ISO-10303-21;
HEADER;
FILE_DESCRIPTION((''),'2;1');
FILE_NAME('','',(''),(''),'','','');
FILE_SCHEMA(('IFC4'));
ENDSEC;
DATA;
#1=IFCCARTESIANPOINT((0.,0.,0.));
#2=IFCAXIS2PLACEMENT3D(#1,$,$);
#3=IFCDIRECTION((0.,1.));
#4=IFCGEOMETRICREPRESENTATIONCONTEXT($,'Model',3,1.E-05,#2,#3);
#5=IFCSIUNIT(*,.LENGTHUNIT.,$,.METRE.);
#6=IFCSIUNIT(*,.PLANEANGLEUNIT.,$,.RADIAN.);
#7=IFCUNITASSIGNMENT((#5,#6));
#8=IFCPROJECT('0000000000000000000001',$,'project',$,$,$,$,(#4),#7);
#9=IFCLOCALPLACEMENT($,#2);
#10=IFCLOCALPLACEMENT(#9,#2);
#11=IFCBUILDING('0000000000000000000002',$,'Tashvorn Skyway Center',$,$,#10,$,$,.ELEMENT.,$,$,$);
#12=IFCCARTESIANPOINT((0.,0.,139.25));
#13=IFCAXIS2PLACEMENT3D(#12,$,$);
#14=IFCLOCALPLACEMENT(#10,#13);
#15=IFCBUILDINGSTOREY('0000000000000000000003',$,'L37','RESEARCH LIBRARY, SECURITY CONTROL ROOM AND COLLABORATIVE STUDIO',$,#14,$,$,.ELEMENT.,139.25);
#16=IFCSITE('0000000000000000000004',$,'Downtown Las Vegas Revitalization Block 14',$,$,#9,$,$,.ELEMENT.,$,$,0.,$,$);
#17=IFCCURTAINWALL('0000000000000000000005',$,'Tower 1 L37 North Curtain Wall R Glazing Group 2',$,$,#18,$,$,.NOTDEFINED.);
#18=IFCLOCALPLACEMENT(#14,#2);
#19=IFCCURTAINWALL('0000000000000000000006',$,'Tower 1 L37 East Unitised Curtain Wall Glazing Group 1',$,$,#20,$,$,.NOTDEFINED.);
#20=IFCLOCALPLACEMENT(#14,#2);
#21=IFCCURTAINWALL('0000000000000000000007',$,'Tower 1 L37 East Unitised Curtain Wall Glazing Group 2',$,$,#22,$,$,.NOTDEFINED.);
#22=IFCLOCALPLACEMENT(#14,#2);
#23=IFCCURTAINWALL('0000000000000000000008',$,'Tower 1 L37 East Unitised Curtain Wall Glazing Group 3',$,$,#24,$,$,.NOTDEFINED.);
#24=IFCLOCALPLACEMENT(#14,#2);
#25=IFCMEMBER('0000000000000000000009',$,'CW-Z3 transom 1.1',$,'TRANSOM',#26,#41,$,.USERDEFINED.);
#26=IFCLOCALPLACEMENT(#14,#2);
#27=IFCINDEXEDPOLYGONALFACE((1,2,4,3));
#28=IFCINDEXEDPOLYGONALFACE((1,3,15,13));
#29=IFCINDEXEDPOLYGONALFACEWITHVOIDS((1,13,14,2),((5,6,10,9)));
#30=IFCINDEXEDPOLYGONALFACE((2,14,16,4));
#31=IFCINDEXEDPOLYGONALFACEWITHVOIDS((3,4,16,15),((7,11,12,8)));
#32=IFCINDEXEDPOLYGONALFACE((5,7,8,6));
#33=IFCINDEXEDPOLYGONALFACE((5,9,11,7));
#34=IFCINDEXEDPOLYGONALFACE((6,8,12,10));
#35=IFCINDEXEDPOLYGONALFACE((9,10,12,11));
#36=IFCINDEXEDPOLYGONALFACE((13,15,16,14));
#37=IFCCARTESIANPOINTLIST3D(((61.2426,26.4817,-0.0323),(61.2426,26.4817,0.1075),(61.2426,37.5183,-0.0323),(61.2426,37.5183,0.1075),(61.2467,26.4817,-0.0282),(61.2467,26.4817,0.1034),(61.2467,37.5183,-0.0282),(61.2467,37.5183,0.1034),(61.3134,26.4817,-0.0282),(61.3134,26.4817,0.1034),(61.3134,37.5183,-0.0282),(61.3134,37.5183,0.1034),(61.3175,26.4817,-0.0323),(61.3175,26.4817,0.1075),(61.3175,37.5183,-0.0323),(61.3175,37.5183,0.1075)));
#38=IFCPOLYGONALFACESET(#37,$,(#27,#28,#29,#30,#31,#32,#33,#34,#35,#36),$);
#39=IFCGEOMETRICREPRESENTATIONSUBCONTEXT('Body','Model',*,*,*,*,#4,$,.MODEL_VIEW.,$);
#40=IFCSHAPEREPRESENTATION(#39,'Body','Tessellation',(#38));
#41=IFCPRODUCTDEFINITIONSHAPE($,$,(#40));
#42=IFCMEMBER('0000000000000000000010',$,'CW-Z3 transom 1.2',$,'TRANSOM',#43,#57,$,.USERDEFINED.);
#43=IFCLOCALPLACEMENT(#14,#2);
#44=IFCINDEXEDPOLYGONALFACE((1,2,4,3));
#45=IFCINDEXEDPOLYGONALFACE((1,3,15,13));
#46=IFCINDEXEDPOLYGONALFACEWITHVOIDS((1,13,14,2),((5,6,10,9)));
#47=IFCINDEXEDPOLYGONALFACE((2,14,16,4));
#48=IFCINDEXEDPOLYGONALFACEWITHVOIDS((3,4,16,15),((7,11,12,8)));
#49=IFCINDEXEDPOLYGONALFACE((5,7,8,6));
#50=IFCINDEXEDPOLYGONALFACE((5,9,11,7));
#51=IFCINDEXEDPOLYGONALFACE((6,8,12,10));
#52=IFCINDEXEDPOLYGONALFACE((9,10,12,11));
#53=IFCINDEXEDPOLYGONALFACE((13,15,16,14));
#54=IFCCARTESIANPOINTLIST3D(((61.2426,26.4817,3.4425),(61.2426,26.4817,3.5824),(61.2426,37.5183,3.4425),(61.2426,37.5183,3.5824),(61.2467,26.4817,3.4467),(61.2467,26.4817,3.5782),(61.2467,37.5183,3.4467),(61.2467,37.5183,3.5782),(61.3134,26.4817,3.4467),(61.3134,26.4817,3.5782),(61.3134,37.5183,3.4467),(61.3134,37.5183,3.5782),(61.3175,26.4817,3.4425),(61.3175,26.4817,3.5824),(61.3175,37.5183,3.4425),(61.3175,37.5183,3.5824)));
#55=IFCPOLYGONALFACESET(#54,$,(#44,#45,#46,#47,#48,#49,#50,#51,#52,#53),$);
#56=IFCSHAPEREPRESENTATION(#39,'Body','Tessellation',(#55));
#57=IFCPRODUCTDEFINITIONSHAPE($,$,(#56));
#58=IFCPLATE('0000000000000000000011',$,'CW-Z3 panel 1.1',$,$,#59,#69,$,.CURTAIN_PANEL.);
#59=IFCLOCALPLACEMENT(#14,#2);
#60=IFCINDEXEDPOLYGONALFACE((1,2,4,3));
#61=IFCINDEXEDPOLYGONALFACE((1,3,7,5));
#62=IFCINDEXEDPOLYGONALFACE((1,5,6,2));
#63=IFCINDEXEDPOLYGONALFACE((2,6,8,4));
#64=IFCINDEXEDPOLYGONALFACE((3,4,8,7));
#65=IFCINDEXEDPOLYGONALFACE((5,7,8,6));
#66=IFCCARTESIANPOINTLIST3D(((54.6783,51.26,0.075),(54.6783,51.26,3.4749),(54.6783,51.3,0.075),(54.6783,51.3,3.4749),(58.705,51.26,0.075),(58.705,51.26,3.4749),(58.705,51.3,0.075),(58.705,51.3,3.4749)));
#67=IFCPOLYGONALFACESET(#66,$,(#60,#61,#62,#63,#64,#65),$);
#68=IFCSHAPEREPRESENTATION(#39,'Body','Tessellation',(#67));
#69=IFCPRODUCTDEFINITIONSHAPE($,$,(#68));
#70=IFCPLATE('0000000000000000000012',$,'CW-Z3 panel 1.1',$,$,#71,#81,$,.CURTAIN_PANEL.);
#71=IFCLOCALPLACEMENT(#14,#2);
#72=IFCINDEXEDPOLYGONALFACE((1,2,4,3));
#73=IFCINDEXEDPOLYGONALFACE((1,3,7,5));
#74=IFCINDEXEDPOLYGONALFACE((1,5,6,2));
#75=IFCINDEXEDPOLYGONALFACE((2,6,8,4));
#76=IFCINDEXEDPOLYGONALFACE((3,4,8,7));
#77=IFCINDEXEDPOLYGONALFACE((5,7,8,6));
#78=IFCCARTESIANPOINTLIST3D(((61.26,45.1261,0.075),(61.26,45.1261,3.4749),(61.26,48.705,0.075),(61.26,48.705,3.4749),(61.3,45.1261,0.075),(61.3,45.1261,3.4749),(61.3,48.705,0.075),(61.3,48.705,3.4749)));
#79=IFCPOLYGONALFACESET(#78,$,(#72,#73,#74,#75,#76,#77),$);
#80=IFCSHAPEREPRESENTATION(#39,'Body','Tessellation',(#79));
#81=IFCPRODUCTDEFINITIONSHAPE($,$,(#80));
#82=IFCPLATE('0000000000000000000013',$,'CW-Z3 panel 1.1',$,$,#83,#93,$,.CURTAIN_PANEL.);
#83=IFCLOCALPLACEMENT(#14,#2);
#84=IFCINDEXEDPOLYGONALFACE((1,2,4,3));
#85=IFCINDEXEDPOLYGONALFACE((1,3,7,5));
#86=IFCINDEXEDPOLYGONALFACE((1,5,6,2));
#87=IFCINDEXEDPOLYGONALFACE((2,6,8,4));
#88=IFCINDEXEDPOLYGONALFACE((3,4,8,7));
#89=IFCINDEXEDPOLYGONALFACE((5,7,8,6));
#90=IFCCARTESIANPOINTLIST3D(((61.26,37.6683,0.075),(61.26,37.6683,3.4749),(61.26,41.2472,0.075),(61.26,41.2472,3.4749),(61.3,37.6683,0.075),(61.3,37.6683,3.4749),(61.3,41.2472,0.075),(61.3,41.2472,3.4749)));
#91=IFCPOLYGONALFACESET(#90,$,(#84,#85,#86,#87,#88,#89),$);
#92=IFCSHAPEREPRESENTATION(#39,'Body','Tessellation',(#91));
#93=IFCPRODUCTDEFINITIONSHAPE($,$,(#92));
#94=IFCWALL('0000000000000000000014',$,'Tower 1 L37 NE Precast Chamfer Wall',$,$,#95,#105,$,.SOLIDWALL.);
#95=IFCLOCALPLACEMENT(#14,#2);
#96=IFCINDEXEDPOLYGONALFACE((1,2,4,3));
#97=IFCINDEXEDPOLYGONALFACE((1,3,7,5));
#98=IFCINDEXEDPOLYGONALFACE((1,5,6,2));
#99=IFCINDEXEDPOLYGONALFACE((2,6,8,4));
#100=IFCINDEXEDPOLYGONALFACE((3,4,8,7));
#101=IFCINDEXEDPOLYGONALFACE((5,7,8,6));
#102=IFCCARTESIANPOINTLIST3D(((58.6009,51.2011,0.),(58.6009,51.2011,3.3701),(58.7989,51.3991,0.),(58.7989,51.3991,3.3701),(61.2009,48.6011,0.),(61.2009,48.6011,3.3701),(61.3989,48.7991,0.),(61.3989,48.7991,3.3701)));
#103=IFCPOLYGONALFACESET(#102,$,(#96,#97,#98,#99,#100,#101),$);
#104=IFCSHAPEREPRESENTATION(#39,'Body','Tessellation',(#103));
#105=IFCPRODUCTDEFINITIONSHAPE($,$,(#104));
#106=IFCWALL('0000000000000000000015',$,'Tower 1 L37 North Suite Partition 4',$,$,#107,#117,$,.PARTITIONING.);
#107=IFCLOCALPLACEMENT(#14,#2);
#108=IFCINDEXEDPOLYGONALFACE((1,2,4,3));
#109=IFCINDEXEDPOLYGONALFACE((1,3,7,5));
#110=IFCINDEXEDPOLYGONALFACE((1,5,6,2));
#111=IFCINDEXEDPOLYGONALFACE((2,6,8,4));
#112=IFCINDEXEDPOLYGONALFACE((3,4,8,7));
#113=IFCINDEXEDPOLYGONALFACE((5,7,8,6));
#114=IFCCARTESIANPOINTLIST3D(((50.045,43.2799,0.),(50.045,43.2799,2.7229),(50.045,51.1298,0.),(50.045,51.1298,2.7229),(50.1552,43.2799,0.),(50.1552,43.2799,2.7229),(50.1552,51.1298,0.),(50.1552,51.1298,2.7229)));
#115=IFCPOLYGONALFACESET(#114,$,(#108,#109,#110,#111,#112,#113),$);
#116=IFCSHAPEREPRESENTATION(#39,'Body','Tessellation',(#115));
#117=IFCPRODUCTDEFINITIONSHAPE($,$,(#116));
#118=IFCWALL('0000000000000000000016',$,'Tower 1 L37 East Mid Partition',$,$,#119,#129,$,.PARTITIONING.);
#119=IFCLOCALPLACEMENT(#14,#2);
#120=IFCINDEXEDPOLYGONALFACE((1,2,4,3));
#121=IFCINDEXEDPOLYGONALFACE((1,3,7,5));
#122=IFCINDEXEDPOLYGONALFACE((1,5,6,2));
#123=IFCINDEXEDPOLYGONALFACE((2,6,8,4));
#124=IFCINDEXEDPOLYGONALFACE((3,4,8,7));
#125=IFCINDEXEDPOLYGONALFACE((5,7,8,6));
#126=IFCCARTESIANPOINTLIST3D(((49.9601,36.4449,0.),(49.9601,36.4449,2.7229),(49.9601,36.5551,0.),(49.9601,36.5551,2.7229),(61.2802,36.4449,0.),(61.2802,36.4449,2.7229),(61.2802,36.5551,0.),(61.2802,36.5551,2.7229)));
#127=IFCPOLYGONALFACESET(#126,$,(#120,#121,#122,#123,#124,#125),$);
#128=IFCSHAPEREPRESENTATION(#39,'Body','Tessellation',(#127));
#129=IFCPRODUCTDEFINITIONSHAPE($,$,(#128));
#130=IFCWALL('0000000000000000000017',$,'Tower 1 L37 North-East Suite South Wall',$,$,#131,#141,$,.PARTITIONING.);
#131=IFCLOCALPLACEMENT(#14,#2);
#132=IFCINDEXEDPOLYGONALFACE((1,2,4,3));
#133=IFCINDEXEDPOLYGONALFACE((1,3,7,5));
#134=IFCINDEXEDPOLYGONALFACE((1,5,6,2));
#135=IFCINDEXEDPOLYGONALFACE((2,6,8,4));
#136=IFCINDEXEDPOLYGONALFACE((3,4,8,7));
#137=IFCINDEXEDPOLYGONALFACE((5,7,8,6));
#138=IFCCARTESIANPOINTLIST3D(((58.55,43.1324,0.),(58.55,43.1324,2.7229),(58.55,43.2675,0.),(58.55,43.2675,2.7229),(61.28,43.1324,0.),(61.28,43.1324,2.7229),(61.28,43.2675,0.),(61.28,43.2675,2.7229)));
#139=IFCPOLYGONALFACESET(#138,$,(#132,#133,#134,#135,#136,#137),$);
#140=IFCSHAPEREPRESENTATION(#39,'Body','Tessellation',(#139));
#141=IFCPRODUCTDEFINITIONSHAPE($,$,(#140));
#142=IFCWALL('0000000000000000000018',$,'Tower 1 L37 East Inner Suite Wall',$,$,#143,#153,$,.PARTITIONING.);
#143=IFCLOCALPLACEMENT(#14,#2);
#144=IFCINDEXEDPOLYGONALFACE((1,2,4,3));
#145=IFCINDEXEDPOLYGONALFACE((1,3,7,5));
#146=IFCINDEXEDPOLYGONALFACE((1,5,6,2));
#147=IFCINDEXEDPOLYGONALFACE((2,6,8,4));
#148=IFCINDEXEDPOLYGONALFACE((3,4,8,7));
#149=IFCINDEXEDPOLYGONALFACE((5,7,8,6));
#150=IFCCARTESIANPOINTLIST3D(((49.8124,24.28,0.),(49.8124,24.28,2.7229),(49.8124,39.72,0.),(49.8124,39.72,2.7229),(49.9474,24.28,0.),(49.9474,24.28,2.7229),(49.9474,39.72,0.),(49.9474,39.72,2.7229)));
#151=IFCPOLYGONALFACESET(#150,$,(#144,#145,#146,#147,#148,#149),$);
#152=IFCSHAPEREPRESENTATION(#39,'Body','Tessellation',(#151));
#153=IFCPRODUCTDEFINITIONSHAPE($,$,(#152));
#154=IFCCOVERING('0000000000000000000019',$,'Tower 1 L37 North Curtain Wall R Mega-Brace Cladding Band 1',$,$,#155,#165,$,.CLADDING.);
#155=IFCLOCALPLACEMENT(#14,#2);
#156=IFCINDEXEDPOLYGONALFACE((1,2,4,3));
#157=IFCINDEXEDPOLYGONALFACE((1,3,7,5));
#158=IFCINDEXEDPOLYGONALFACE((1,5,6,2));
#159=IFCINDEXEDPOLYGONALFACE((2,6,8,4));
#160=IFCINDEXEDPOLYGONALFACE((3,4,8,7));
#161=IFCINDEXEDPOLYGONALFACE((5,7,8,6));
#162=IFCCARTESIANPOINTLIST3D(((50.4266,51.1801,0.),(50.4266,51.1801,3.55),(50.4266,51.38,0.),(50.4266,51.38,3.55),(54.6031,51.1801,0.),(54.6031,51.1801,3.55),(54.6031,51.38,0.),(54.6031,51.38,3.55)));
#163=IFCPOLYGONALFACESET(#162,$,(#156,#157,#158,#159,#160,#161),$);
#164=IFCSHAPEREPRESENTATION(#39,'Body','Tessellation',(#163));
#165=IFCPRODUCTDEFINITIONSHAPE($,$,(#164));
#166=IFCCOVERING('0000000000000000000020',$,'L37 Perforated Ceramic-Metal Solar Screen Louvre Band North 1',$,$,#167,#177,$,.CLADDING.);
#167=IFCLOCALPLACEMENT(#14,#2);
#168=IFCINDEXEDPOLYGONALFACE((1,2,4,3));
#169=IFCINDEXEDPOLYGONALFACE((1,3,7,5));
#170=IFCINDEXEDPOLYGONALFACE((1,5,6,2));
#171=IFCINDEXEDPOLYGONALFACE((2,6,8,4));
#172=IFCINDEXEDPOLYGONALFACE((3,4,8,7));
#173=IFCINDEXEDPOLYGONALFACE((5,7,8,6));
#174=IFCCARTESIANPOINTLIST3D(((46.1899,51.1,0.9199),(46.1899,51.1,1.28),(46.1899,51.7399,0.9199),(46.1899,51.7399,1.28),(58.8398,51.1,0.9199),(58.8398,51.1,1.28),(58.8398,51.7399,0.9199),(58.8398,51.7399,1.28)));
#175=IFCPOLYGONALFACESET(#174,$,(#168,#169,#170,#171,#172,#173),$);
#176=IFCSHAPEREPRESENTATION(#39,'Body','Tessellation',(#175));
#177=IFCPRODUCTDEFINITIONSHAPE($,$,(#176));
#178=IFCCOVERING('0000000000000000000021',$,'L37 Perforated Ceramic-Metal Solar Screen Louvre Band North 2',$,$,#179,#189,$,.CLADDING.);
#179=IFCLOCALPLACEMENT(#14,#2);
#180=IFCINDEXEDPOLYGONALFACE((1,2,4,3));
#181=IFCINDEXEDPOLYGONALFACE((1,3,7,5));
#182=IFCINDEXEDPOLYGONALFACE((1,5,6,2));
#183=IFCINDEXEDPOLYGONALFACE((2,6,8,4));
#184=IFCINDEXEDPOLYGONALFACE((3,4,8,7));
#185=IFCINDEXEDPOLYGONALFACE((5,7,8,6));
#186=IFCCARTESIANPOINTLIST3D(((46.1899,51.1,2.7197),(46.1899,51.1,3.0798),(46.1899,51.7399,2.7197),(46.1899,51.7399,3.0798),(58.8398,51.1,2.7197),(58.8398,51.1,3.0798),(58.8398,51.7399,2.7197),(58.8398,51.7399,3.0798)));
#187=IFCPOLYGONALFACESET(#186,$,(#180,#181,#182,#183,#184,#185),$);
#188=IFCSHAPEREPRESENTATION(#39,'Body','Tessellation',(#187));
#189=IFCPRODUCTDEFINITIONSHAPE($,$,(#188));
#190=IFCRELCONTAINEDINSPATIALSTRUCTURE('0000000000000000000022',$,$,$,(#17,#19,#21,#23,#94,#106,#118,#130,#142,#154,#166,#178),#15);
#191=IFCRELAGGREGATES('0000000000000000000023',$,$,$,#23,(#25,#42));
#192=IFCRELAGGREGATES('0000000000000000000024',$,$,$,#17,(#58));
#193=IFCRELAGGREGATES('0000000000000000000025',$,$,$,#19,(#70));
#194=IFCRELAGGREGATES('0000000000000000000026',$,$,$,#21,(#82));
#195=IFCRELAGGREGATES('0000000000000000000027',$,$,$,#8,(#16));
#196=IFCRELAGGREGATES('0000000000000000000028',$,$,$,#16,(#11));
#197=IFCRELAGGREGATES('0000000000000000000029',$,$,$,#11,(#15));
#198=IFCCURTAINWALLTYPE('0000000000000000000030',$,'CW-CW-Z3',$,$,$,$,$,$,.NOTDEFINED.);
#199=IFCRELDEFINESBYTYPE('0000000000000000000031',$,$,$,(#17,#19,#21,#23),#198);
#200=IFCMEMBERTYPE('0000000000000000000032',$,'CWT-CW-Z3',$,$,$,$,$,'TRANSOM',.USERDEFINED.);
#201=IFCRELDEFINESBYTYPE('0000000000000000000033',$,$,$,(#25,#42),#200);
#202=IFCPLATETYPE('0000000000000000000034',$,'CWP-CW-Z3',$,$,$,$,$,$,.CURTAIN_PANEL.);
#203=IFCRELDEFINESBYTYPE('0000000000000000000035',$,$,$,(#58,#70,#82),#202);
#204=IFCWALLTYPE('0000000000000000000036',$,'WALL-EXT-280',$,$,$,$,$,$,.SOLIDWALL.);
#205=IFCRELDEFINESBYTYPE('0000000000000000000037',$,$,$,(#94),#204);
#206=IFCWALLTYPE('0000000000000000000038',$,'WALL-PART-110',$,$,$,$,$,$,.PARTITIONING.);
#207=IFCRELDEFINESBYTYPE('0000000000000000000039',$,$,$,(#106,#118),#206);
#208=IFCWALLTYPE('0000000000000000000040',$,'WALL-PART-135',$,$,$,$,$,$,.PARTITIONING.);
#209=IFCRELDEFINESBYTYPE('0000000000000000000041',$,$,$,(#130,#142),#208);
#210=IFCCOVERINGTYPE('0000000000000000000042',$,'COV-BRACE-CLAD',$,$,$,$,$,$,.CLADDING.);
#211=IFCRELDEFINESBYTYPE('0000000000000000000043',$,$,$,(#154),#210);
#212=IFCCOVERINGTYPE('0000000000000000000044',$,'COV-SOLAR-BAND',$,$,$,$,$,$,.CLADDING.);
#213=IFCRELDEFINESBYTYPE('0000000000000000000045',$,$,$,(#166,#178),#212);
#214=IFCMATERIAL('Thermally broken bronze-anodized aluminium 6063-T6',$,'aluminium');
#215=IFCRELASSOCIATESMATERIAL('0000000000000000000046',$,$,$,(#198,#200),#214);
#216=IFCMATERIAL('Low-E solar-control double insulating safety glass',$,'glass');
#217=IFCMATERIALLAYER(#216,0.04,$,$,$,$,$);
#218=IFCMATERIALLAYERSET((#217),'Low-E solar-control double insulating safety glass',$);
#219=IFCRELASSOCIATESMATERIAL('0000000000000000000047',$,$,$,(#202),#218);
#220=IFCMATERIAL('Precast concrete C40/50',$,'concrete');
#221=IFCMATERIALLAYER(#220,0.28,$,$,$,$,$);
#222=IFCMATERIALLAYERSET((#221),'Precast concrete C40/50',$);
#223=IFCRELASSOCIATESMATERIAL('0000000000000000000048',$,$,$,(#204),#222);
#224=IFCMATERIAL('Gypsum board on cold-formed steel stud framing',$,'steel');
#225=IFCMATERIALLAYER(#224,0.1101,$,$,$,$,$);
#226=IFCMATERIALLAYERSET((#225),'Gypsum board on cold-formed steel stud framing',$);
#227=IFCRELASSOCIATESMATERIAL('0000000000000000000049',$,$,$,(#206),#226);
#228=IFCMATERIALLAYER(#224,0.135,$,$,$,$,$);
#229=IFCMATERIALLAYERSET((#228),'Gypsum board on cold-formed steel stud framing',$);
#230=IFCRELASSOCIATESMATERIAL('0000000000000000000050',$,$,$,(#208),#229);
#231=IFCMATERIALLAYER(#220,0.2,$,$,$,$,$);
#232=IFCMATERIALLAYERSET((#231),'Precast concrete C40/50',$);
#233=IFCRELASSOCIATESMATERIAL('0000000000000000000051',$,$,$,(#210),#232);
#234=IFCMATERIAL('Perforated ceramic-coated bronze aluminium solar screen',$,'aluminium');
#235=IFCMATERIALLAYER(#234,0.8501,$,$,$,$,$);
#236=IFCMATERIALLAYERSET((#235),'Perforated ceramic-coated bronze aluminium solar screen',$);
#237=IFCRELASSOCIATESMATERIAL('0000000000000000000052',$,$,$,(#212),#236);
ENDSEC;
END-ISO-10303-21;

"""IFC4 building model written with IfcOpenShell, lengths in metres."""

from ifc_helpers import new_model, si_unit, direction, frame, frame_2d, origin, origin_2d, place, context, subcontext, project, spatial, rectangle, hollow_rectangle, extrude, material, layer, layer_set, material_profile, profile_set, type_object, element, aggregate, save


model = new_model("IFC4")

# Units and contexts
model_context = context("Model", 3, precision=1e-05, world=origin(), true_north=direction((0.0, 1.0)))
body_context = subcontext(model_context, "Body", "Model", "MODEL_VIEW")
ifc_project = project(units=[si_unit("LENGTHUNIT", "METRE"), si_unit("PLANEANGLEUNIT", "RADIAN")], contexts=[model_context])

# Site, building, storey
site_placement = place(None, origin())
site = spatial("IfcSite", under=ifc_project, at=site_placement, Name="Downtown Las Vegas Revitalization Block 14", CompositionType="ELEMENT", RefElevation=0.0)
building_placement = place(site_placement, origin())
building = spatial("IfcBuilding", under=site, at=building_placement, Name="Tashvorn Skyway Center", CompositionType="ELEMENT")
storey_placement = place(building_placement, frame((0.0, 0.0, 139.25)))
storey = spatial("IfcBuildingStorey", under=building, at=storey_placement, Name="L37", Description="RESEARCH LIBRARY, SECURITY CONTROL ROOM AND COLLABORATIVE STUDIO", CompositionType="ELEMENT", Elevation=139.25)

# Shared definitions
ifc_material_1 = material(Name="Thermally broken bronze-anodized aluminium 6063-T6", Category="aluminium")
curtain_wall_type = type_object("IfcCurtainWallType", Name="CW-CW-Z3", PredefinedType="NOTDEFINED", material=ifc_material_1)

# Curtain walls
curtain_wall_1_placement = place(storey_placement, origin())
curtain_wall_1 = element("IfcCurtainWall", 1, at=curtain_wall_1_placement, inside=storey, type_object=curtain_wall_type, Name="Tower 1 L37 North Curtain Wall R Glazing Group 2", PredefinedType="NOTDEFINED")
curtain_wall_2_placement = place(storey_placement, origin())
curtain_wall_2 = element("IfcCurtainWall", 2, at=curtain_wall_2_placement, inside=storey, type_object=curtain_wall_type, Name="Tower 1 L37 East Unitised Curtain Wall Glazing Group 1", PredefinedType="NOTDEFINED")
curtain_wall_3_placement = place(storey_placement, origin())
curtain_wall_3 = element("IfcCurtainWall", 3, at=curtain_wall_3_placement, inside=storey, type_object=curtain_wall_type, Name="Tower 1 L37 East Unitised Curtain Wall Glazing Group 2", PredefinedType="NOTDEFINED")

# Curtain wall
curtain_wall_4_placement = place(storey_placement, origin())
curtain_wall_4 = element("IfcCurtainWall", 4, at=curtain_wall_4_placement, inside=storey, type_object=curtain_wall_type, Name="Tower 1 L37 East Unitised Curtain Wall Glazing Group 3", PredefinedType="NOTDEFINED")

# Members
ifc_material_profile_1 = material_profile(ifc_material_1, hollow_rectangle(XDim=0.075, YDim=0.1399, WallThickness=0.0042, at=origin_2d()), Name="ALU-TRAN-75x140")
ifc_profile_set_1 = profile_set([ifc_material_profile_1], Name="Thermally broken bronze-anodized aluminium 6063-T6")
member_type_1 = type_object("IfcMemberType", Name="CWT-CW-Z3", ElementType="TRANSOM", PredefinedType="USERDEFINED", material=ifc_profile_set_1)
member_1_placement = place(storey_placement, frame((61.28, 37.5183, 0.0376), z_axis=(0.0, -1.0, 0.0), x_axis=(1.0, 0.0, 0.0)))
member_1 = element("IfcMember", 5, at=member_1_placement, type_object=member_type_1, Name="CW-Z3 transom 1.1", ObjectType="TRANSOM", PredefinedType="USERDEFINED", context=body_context, shape_type="SweptSolid", body=[
    extrude(hollow_rectangle(XDim=0.075, YDim=0.1399, WallThickness=0.0042, at=origin_2d()), origin(), (0.0, 0.0, 1.0), 11.0366),
])
member_2_placement = place(storey_placement, frame((61.28, 37.5183, 3.5125), z_axis=(0.0, -1.0, 0.0), x_axis=(1.0, 0.0, 0.0)))
member_2 = element("IfcMember", 6, at=member_2_placement, type_object=member_type_1, Name="CW-Z3 transom 1.2", ObjectType="TRANSOM", PredefinedType="USERDEFINED", context=body_context, shape_type="SweptSolid", body=[
    extrude(hollow_rectangle(XDim=0.075, YDim=0.1399, WallThickness=0.0042, at=origin_2d()), origin(), (0.0, 0.0, 1.0), 11.0366),
])
aggregate(curtain_wall_4, [member_1, member_2])

# Plates
ifc_material_2 = material(Name="Low-E solar-control double insulating safety glass", Category="glass")
ifc_layer_1 = layer(ifc_material_2, 0.04)
ifc_layer_set_1 = layer_set([ifc_layer_1], Name="Low-E solar-control double insulating safety glass")
plate_type = type_object("IfcPlateType", Name="CWP-CW-Z3", PredefinedType="CURTAIN_PANEL", material=ifc_layer_set_1)
plate_1_placement = place(storey_placement, frame((56.6917, 51.28, 0.075), z_axis=(0.0, 0.0, 1.0), x_axis=(1.0, 0.0, 0.0)))
plate_1 = element("IfcPlate", 7, at=plate_1_placement, type_object=plate_type, Name="CW-Z3 panel 1.1", PredefinedType="CURTAIN_PANEL", context=body_context, shape_type="SweptSolid", body=[
    extrude(rectangle(XDim=4.0266, YDim=0.04, at=origin_2d()), origin(), (0.0, 0.0, 1.0), 3.3999),
])
aggregate(curtain_wall_1, [plate_1])
plate_2_placement = place(storey_placement, frame((61.28, 46.9155, 0.075), z_axis=(0.0, 0.0, 1.0), x_axis=(0.0, -1.0, 0.0)))
plate_2 = element("IfcPlate", 8, at=plate_2_placement, type_object=plate_type, Name="CW-Z3 panel 1.1", PredefinedType="CURTAIN_PANEL", context=body_context, shape_type="SweptSolid", body=[
    extrude(rectangle(XDim=3.5789, YDim=0.04, at=origin_2d()), origin(), (0.0, 0.0, 1.0), 3.3999),
])
aggregate(curtain_wall_2, [plate_2])
plate_3_placement = place(storey_placement, frame((61.28, 39.4578, 0.075), z_axis=(0.0, 0.0, 1.0), x_axis=(0.0, -1.0, 0.0)))
plate_3 = element("IfcPlate", 9, at=plate_3_placement, type_object=plate_type, Name="CW-Z3 panel 1.1", PredefinedType="CURTAIN_PANEL", context=body_context, shape_type="SweptSolid", body=[
    extrude(rectangle(XDim=3.5789, YDim=0.04, at=origin_2d()), origin(), (0.0, 0.0, 1.0), 3.3999),
])
aggregate(curtain_wall_3, [plate_3])

# Walls
ifc_material_3 = material(Name="Precast concrete C40/50", Category="concrete")
ifc_layer_2 = layer(ifc_material_3, 0.28)
ifc_layer_set_2 = layer_set([ifc_layer_2], Name="Precast concrete C40/50")
wall_type_1 = type_object("IfcWallType", Name="WALL-EXT-280", PredefinedType="SOLIDWALL", material=ifc_layer_set_2)
wall_1_placement = place(storey_placement, frame((58.7, 51.3, 0.0), z_axis=(0.0, 0.0, 1.0), x_axis=(0.707107, -0.707107, 0.0)))
element("IfcWall", 10, at=wall_1_placement, inside=storey, type_object=wall_type_1, Name="Tower 1 L37 NE Precast Chamfer Wall", PredefinedType="SOLIDWALL", context=body_context, shape_type="SweptSolid", body=[
    extrude(rectangle(XDim=3.677, YDim=0.28, at=frame_2d((1.8384, 0.0))), origin(), (0.0, 0.0, 1.0), 3.3701),
])
ifc_material_4 = material(Name="Gypsum board on cold-formed steel stud framing", Category="steel")
ifc_layer_3 = layer(ifc_material_4, 0.1101)
ifc_layer_set_3 = layer_set([ifc_layer_3], Name="Gypsum board on cold-formed steel stud framing")
wall_type_2 = type_object("IfcWallType", Name="WALL-PART-110", PredefinedType="PARTITIONING", material=ifc_layer_set_3)
wall_2_placement = place(storey_placement, frame((50.1001, 43.28, 0.0), z_axis=(0.0, 0.0, 1.0), x_axis=(0.0, 1.0, 0.0)))
element("IfcWall", 11, at=wall_2_placement, inside=storey, type_object=wall_type_2, Name="Tower 1 L37 North Suite Partition 4", PredefinedType="PARTITIONING", context=body_context, shape_type="SweptSolid", body=[
    extrude(rectangle(XDim=7.8499, YDim=0.1101, at=frame_2d((3.9248, 0.0))), origin(), (0.0, 0.0, 1.0), 2.7229),
])
wall_3_placement = place(storey_placement, frame((49.96, 36.5, 0.0), z_axis=(0.0, 0.0, 1.0), x_axis=(1.0, 0.0, 0.0)))
element("IfcWall", 12, at=wall_3_placement, inside=storey, type_object=wall_type_2, Name="Tower 1 L37 East Mid Partition", PredefinedType="PARTITIONING", context=body_context, shape_type="SweptSolid", body=[
    extrude(rectangle(XDim=11.3201, YDim=0.1101, at=frame_2d((5.6602, 0.0))), origin(), (0.0, 0.0, 1.0), 2.7229),
])
ifc_layer_4 = layer(ifc_material_4, 0.135)
ifc_layer_set_4 = layer_set([ifc_layer_4], Name="Gypsum board on cold-formed steel stud framing")
wall_type_3 = type_object("IfcWallType", Name="WALL-PART-135", PredefinedType="PARTITIONING", material=ifc_layer_set_4)
wall_4_placement = place(storey_placement, frame((58.55, 43.2, 0.0), z_axis=(0.0, 0.0, 1.0), x_axis=(1.0, 0.0, 0.0)))
element("IfcWall", 13, at=wall_4_placement, inside=storey, type_object=wall_type_3, Name="Tower 1 L37 North-East Suite South Wall", PredefinedType="PARTITIONING", context=body_context, shape_type="SweptSolid", body=[
    extrude(rectangle(XDim=2.73, YDim=0.135, at=frame_2d((1.365, 0.0))), origin(), (0.0, 0.0, 1.0), 2.7229),
])
wall_5_placement = place(storey_placement, frame((49.8799, 39.72, 0.0), z_axis=(0.0, 0.0, 1.0), x_axis=(0.0, -1.0, 0.0)))
element("IfcWall", 14, at=wall_5_placement, inside=storey, type_object=wall_type_3, Name="Tower 1 L37 East Inner Suite Wall", PredefinedType="PARTITIONING", context=body_context, shape_type="SweptSolid", body=[
    extrude(rectangle(XDim=15.4399, YDim=0.135, at=frame_2d((7.72, 0.0))), origin(), (0.0, 0.0, 1.0), 2.7229),
])

# Coverings
ifc_layer_5 = layer(ifc_material_3, 0.2)
ifc_layer_set_5 = layer_set([ifc_layer_5], Name="Precast concrete C40/50")
covering_type_1 = type_object("IfcCoveringType", Name="COV-BRACE-CLAD", PredefinedType="CLADDING", material=ifc_layer_set_5)
covering_1_placement = place(storey_placement, frame((52.5149, 51.28, 0.0), z_axis=(0.0, 0.0, 1.0), x_axis=(1.0, 0.0, 0.0)))
element("IfcCovering", 15, at=covering_1_placement, inside=storey, type_object=covering_type_1, Name="Tower 1 L37 North Curtain Wall R Mega-Brace Cladding Band 1", PredefinedType="CLADDING", context=body_context, shape_type="SweptSolid", body=[
    extrude(rectangle(XDim=4.1765, YDim=0.2, at=origin_2d()), origin(), (0.0, 0.0, 1.0), 3.55),
])
ifc_material_5 = material(Name="Perforated ceramic-coated bronze aluminium solar screen", Category="aluminium")
ifc_layer_6 = layer(ifc_material_5, 0.8501)
ifc_layer_set_6 = layer_set([ifc_layer_6], Name="Perforated ceramic-coated bronze aluminium solar screen")
covering_type_2 = type_object("IfcCoveringType", Name="COV-SOLAR-BAND", PredefinedType="CLADDING", material=ifc_layer_set_6)
for number, where, z_axis, x_axis, name in (
    (16, (52.5149, 51.4199, 0.9199), (0.0, 0.0, 1.0), (1.0, 0.0, 0.0), "L37 Perforated Ceramic-Metal Solar Screen Louvre Band North 1"),
    (17, (52.5149, 51.4199, 2.7197), (0.0, 0.0, 1.0), (1.0, 0.0, 0.0), "L37 Perforated Ceramic-Metal Solar Screen Louvre Band North 2"),
):
    element("IfcCovering", number, at=place(storey_placement, frame(where, z_axis=z_axis, x_axis=x_axis)), inside=storey, type_object=covering_type_2, Name=name, PredefinedType="CLADDING", context=body_context, shape_type="SweptSolid", body=[
        extrude(rectangle(XDim=12.6499, YDim=0.6399, at=origin_2d()), origin(), (0.0, 0.0, 1.0), 0.3601),
    ])

save(model, "model.ifc")
